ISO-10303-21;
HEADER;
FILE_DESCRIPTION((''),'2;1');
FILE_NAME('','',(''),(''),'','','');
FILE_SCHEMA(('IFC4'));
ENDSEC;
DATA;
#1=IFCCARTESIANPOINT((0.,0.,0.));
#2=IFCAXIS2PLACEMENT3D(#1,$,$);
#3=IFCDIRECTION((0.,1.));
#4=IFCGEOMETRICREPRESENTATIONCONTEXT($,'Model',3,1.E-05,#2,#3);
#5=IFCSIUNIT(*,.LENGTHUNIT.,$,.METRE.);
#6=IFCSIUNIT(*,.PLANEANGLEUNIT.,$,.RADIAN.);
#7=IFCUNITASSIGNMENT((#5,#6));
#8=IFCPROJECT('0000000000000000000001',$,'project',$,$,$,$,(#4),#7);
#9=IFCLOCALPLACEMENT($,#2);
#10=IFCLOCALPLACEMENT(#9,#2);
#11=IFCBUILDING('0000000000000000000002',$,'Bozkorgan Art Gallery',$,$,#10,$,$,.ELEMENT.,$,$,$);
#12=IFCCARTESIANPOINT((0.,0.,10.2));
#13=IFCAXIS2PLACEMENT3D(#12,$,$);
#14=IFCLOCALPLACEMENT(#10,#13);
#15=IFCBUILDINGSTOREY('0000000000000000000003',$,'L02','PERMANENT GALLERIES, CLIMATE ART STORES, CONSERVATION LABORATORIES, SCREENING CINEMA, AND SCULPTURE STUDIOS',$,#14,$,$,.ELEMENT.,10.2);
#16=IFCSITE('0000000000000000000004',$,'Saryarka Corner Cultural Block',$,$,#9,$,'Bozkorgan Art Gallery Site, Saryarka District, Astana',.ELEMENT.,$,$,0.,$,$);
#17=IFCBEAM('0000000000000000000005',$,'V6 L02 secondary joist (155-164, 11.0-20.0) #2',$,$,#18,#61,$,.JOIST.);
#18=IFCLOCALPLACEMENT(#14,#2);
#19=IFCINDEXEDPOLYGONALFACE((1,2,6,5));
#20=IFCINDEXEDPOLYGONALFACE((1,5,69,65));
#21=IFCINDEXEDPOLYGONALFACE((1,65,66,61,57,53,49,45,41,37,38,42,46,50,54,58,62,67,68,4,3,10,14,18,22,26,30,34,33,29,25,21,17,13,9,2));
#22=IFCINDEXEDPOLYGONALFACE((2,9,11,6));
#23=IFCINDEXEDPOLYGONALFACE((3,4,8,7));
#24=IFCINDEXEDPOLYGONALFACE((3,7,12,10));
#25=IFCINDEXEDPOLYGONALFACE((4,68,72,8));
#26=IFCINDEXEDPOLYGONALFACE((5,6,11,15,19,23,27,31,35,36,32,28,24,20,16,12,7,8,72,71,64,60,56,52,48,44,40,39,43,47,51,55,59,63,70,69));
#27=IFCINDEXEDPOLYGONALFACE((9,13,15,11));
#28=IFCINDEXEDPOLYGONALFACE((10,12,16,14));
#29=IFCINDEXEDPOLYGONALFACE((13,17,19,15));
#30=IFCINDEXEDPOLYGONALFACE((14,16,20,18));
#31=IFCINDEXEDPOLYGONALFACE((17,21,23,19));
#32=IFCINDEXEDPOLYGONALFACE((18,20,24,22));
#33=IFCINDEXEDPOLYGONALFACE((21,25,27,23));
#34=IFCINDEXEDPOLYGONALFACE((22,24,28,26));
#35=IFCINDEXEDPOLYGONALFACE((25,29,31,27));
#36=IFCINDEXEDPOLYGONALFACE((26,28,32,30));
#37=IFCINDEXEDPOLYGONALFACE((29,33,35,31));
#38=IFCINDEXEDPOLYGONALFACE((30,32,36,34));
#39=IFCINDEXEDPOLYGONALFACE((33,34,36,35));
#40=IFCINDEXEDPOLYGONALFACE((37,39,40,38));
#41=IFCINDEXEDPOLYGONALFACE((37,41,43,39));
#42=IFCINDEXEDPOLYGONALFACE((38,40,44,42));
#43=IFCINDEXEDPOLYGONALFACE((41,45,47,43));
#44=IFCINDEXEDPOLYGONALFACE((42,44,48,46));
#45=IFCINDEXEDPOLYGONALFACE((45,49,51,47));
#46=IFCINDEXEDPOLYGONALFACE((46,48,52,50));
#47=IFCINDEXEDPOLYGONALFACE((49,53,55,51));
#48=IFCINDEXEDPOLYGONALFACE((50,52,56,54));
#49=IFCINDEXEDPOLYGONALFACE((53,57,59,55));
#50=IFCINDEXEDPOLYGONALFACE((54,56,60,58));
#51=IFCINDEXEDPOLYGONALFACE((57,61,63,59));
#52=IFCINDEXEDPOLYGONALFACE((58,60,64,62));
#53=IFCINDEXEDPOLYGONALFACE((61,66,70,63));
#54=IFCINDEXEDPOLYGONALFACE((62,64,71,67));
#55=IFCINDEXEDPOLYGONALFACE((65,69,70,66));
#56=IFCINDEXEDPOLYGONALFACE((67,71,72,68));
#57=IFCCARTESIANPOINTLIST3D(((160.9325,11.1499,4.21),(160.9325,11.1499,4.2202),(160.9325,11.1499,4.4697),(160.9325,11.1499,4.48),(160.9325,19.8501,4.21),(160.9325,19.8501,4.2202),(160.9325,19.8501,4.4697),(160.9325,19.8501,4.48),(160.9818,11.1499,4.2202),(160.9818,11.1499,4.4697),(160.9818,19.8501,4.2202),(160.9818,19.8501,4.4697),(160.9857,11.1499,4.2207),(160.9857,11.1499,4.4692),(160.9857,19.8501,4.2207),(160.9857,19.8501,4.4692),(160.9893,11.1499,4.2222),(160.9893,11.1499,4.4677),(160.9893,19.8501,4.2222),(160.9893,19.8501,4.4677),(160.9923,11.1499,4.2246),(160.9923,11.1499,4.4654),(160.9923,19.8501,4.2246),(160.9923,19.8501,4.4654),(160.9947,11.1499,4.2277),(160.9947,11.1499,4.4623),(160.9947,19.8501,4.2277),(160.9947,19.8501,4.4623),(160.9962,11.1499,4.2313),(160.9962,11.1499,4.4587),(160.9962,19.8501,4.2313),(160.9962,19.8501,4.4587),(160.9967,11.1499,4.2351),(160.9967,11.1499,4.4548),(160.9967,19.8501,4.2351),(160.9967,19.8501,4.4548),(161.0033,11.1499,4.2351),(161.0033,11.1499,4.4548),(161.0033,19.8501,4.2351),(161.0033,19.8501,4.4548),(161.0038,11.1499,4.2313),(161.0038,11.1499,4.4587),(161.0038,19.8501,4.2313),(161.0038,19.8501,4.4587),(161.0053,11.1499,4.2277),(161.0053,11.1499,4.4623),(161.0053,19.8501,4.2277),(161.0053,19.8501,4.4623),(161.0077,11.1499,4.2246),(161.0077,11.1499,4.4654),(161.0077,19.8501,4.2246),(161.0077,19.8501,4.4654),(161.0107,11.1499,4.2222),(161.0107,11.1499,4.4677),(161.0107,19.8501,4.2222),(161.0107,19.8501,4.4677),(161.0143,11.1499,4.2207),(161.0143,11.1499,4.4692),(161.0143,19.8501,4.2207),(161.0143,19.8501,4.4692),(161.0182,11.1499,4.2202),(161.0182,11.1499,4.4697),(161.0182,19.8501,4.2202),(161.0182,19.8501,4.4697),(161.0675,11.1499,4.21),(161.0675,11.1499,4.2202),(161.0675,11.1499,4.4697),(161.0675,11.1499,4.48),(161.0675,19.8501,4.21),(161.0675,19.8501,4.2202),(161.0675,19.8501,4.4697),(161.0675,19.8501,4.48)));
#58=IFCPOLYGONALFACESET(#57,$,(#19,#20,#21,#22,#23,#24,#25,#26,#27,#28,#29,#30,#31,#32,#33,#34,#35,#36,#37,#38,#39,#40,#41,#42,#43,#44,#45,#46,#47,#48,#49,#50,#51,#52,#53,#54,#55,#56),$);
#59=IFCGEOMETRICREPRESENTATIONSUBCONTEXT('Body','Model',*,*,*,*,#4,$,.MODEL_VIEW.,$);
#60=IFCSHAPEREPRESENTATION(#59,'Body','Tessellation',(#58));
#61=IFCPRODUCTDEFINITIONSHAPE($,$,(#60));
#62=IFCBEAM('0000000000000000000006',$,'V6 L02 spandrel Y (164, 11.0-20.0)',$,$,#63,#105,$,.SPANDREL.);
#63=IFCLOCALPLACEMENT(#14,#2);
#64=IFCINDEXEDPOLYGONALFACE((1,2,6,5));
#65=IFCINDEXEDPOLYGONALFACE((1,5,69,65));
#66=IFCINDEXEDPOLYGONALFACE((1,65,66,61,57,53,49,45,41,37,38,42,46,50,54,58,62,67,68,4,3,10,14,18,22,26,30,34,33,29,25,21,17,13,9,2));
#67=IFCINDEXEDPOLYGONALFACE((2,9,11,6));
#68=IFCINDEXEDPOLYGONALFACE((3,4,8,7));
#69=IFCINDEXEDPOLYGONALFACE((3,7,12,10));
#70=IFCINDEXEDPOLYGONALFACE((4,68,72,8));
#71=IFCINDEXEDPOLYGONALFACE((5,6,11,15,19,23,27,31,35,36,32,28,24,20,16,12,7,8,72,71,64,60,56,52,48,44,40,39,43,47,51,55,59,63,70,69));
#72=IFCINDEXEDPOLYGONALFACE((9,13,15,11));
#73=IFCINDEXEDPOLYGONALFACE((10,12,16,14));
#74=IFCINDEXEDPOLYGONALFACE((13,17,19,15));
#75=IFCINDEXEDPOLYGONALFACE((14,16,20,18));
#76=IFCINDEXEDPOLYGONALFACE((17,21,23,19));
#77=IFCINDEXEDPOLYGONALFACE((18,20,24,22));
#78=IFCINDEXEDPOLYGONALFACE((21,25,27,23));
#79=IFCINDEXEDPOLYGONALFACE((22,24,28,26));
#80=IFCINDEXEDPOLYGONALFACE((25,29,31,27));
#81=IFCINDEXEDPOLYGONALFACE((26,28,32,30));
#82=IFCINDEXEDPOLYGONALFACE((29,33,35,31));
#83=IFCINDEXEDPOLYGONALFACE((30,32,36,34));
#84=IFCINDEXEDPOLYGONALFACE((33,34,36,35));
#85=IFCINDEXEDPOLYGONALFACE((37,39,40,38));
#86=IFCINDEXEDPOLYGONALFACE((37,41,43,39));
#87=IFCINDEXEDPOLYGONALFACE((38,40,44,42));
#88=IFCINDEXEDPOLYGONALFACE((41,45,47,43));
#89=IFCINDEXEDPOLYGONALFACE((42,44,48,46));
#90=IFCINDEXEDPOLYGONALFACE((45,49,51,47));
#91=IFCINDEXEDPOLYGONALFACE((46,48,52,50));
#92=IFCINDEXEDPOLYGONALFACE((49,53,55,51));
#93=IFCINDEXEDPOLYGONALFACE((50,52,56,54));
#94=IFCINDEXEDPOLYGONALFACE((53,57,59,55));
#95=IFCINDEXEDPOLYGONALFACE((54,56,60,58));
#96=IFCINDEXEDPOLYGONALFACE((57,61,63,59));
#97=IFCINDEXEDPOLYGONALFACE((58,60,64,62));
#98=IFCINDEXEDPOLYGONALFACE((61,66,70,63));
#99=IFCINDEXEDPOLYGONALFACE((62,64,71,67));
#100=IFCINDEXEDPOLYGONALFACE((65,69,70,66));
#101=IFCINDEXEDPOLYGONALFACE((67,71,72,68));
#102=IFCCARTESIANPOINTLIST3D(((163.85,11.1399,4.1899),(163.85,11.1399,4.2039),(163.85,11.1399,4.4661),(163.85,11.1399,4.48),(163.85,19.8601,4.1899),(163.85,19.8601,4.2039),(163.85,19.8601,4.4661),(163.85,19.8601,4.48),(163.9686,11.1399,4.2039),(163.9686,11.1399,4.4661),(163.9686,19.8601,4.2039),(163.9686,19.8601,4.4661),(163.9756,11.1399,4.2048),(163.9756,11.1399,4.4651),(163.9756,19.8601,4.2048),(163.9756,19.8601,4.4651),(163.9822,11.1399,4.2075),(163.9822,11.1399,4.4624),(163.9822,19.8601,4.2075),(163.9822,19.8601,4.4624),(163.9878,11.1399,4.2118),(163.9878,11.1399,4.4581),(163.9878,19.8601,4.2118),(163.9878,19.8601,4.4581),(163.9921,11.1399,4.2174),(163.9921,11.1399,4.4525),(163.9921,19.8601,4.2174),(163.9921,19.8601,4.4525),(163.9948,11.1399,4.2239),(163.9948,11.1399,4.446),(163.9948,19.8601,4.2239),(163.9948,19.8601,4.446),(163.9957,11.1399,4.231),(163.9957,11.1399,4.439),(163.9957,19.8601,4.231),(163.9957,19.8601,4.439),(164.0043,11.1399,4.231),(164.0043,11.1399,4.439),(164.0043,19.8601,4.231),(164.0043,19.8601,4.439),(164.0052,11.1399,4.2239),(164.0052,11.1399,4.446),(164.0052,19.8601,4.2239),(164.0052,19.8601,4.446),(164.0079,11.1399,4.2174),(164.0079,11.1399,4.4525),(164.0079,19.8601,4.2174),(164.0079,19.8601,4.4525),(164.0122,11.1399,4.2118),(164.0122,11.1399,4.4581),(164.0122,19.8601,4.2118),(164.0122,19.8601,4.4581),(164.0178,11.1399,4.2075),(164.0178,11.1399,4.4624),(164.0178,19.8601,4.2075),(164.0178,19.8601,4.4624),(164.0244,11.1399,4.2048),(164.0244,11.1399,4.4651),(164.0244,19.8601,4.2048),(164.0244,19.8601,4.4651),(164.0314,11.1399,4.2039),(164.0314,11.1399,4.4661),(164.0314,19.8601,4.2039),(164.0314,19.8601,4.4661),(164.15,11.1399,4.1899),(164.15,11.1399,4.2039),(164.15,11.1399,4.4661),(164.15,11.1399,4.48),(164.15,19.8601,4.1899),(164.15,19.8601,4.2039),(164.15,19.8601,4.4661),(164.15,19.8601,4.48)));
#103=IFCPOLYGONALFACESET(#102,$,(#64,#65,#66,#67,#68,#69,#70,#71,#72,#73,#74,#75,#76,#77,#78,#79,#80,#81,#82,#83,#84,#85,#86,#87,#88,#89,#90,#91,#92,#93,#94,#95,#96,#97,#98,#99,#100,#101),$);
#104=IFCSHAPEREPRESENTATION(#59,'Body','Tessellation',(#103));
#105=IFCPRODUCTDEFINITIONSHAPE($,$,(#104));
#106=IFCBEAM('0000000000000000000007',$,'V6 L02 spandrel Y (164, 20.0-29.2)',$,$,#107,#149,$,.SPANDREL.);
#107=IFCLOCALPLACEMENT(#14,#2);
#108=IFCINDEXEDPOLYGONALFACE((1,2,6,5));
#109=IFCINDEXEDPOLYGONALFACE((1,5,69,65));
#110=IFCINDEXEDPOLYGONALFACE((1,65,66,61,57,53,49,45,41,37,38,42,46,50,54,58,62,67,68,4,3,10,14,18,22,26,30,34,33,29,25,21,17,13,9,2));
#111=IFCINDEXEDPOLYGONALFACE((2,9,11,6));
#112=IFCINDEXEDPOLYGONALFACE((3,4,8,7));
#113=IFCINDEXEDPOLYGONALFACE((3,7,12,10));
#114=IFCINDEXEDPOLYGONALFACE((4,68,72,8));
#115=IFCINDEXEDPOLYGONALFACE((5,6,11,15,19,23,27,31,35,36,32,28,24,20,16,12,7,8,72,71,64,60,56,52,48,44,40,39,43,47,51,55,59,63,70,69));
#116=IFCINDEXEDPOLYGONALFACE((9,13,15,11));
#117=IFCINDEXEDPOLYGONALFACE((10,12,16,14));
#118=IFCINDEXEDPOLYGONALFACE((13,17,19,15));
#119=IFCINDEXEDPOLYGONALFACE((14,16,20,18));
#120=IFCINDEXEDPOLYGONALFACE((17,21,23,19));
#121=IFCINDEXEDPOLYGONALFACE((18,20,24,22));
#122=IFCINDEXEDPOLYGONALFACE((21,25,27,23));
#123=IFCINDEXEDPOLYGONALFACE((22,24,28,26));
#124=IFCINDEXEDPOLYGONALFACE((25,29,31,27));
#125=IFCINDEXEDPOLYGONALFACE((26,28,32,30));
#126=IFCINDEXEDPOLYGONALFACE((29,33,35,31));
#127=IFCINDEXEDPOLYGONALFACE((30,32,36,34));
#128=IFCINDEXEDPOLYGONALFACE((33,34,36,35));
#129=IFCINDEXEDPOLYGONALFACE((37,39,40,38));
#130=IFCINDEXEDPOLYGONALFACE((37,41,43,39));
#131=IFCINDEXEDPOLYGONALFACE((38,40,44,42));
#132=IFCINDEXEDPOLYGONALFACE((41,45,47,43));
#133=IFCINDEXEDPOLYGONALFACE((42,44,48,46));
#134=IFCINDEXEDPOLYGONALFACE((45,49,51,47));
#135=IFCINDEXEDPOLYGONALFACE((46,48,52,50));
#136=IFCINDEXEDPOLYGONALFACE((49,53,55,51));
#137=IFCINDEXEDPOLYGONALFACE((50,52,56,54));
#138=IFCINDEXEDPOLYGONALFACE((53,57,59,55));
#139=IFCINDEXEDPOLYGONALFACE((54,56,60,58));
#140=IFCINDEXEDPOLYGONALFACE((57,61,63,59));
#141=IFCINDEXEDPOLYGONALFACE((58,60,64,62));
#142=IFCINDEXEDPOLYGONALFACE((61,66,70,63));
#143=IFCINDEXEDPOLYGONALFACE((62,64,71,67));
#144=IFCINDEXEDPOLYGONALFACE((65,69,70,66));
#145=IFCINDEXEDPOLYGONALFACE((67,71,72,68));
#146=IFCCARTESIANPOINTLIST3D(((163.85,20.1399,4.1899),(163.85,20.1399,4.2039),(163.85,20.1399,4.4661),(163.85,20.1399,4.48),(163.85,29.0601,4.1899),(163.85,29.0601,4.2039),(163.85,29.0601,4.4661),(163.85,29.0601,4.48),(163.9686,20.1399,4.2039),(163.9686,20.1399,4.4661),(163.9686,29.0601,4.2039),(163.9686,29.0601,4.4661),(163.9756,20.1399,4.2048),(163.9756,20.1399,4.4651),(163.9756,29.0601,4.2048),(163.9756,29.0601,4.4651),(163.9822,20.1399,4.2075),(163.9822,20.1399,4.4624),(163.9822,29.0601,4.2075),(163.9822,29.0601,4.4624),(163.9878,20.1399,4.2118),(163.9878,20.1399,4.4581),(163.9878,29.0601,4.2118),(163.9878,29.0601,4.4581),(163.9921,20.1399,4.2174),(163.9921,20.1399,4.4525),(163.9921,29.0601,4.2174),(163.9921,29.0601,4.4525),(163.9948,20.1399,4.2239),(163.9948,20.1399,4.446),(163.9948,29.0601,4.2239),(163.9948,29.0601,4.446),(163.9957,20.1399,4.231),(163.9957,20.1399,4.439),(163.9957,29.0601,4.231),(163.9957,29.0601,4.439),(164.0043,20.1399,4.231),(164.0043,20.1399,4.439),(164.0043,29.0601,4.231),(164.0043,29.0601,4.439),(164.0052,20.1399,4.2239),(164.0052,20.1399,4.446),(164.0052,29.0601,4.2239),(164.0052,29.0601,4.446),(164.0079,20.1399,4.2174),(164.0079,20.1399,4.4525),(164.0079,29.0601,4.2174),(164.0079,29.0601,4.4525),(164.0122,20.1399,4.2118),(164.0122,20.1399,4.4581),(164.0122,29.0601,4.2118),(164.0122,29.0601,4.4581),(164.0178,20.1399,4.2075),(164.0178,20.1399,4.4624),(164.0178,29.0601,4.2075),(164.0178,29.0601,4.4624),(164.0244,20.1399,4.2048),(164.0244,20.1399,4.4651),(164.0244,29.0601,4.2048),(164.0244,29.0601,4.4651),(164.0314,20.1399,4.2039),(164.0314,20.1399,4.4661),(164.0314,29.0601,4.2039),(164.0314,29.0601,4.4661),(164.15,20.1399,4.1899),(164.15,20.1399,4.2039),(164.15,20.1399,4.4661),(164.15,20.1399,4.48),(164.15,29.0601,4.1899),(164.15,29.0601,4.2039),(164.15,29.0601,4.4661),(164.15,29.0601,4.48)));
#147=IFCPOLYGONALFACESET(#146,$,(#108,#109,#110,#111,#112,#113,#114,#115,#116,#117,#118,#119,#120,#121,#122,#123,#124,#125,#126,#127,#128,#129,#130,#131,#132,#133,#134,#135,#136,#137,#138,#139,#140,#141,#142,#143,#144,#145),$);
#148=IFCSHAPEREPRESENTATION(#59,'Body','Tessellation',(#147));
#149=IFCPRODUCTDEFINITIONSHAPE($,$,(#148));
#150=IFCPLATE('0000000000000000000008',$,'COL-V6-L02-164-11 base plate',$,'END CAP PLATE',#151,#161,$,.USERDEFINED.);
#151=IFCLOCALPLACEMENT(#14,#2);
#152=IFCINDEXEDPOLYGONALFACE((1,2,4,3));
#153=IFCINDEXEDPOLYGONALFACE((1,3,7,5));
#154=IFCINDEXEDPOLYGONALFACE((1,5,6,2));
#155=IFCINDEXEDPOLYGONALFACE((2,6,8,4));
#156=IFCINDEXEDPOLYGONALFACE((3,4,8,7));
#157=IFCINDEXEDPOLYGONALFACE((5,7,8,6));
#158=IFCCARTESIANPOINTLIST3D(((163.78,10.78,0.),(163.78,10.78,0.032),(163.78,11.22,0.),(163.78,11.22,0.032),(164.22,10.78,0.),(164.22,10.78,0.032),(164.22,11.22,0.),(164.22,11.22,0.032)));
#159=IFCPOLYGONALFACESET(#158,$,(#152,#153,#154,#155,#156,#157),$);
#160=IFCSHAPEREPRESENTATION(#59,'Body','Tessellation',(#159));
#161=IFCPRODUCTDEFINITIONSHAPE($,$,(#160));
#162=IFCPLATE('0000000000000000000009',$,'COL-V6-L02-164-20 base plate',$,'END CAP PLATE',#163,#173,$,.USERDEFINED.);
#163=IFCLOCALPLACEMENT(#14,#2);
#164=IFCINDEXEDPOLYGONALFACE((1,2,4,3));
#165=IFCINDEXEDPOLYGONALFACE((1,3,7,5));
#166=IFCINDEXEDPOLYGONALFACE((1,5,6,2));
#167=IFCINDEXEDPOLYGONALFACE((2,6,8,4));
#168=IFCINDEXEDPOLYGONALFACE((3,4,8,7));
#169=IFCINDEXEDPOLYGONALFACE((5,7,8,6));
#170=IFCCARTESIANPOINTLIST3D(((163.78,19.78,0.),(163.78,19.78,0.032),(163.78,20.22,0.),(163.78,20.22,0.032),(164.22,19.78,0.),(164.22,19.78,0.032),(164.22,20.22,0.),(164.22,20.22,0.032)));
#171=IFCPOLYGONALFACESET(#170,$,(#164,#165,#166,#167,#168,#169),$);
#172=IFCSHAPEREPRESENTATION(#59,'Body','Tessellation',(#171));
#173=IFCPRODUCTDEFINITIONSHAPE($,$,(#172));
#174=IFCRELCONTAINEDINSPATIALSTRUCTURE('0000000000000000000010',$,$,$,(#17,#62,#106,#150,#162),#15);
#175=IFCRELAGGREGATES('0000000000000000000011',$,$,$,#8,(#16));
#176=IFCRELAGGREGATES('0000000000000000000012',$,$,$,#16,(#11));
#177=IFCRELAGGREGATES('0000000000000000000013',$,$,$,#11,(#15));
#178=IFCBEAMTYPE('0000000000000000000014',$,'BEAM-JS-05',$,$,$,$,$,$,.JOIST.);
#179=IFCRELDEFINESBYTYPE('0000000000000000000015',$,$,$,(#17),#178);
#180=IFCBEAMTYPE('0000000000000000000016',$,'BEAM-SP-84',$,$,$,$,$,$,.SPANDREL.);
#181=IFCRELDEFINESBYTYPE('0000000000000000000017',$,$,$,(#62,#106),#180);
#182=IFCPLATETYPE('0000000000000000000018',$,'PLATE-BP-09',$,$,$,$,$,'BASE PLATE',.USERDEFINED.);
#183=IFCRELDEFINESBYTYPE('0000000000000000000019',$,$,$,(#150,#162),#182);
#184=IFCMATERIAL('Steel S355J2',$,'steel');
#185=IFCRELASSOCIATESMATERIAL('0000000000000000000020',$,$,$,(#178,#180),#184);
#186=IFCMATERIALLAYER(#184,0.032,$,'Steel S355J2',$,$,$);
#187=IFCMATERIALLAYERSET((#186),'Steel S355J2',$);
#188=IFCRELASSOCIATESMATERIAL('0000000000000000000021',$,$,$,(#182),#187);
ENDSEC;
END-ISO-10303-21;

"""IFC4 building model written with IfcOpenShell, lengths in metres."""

from ifc_helpers import new_model, si_unit, direction, frame, origin, origin_2d, place, context, subcontext, project, spatial, rectangle, i_section, extrude, material, layer, layer_set, material_profile, profile_set, type_object, element, save


model = new_model("IFC4")

# Units and contexts
model_context = context("Model", 3, precision=1e-05, world=origin(), true_north=direction((0.0, 1.0)))
body_context = subcontext(model_context, "Body", "Model", "MODEL_VIEW")
ifc_project = project(units=[si_unit("LENGTHUNIT", "METRE"), si_unit("PLANEANGLEUNIT", "RADIAN")], contexts=[model_context])

# Site, building, storey
site_placement = place(None, origin())
site = spatial("IfcSite", under=ifc_project, at=site_placement, Name="Saryarka Corner Cultural Block", LongName="Bozkorgan Art Gallery Site, Saryarka District, Astana", CompositionType="ELEMENT", RefElevation=0.0)
building_placement = place(site_placement, origin())
building = spatial("IfcBuilding", under=site, at=building_placement, Name="Bozkorgan Art Gallery", CompositionType="ELEMENT")
storey_placement = place(building_placement, frame((0.0, 0.0, 10.2)))
storey = spatial("IfcBuildingStorey", under=building, at=storey_placement, Name="L02", Description="PERMANENT GALLERIES, CLIMATE ART STORES, CONSERVATION LABORATORIES, SCREENING CINEMA, AND SCULPTURE STUDIOS", CompositionType="ELEMENT", Elevation=10.2)

# Shared definitions
ifc_material_1 = material(Name="Steel S355J2", Category="steel")

# Beams
ifc_material_profile_1 = material_profile(ifc_material_1, i_section(OverallWidth=0.135, OverallDepth=0.27, WebThickness=0.0066, FlangeThickness=0.0103, FilletRadius=0.0149, at=origin_2d()), Name="IPE 270")
ifc_profile_set_1 = profile_set([ifc_material_profile_1], Name="Steel S355J2")
beam_type_1 = type_object("IfcBeamType", Name="BEAM-JS-05", PredefinedType="JOIST", material=ifc_profile_set_1)
for number, where, z_axis, x_axis, name in (
    (1, (161.0, 11.1499, 4.345), (0.0, 1.0, 0.0), (-1.0, 0.0, 0.0), "V6 L02 secondary joist (155-164, 11.0-20.0) #2"),
):
    element("IfcBeam", number, at=place(storey_placement, frame(where, z_axis=z_axis, x_axis=x_axis)), inside=storey, type_object=beam_type_1, Name=name, PredefinedType="JOIST", context=body_context, shape_type="SweptSolid", body=[
        extrude(i_section(OverallWidth=0.135, OverallDepth=0.27, WebThickness=0.0066, FlangeThickness=0.0103, FilletRadius=0.0149, at=origin_2d()), origin(), (0.0, 0.0, 1.0), 8.7002),
    ])
ifc_material_profile_2 = material_profile(ifc_material_1, i_section(OverallWidth=0.3, OverallDepth=0.29, WebThickness=0.0085, FlangeThickness=0.0139, FilletRadius=0.0271, at=origin_2d()), Name="HEA 300")
ifc_profile_set_2 = profile_set([ifc_material_profile_2], Name="Steel S355J2")
beam_type_2 = type_object("IfcBeamType", Name="BEAM-SP-84", PredefinedType="SPANDREL", material=ifc_profile_set_2)
beam_1_placement = place(storey_placement, frame((164.0, 11.1399, 4.335), z_axis=(0.0, 1.0, 0.0), x_axis=(-1.0, 0.0, 0.0)))
element("IfcBeam", 2, at=beam_1_placement, inside=storey, type_object=beam_type_2, Name="V6 L02 spandrel Y (164, 11.0-20.0)", PredefinedType="SPANDREL", context=body_context, shape_type="SweptSolid", body=[
    extrude(i_section(OverallWidth=0.3, OverallDepth=0.29, WebThickness=0.0085, FlangeThickness=0.0139, FilletRadius=0.0271, at=origin_2d()), origin(), (0.0, 0.0, 1.0), 8.7202),
])
beam_2_placement = place(storey_placement, frame((164.0, 20.1399, 4.335), z_axis=(0.0, 1.0, 0.0), x_axis=(-1.0, 0.0, 0.0)))
element("IfcBeam", 3, at=beam_2_placement, inside=storey, type_object=beam_type_2, Name="V6 L02 spandrel Y (164, 20.0-29.2)", PredefinedType="SPANDREL", context=body_context, shape_type="SweptSolid", body=[
    extrude(i_section(OverallWidth=0.3, OverallDepth=0.29, WebThickness=0.0085, FlangeThickness=0.0139, FilletRadius=0.0271, at=origin_2d()), origin(), (0.0, 0.0, 1.0), 8.9202),
])

# Plates
ifc_layer_1 = layer(ifc_material_1, 0.032, Name="Steel S355J2")
ifc_layer_set_1 = layer_set([ifc_layer_1], Name="Steel S355J2")
plate_type = type_object("IfcPlateType", Name="PLATE-BP-09", ElementType="BASE PLATE", PredefinedType="USERDEFINED", material=ifc_layer_set_1)
for number, where, z_axis, x_axis, name in (
    (4, (164.0, 11.0, 0.0), (0.0, 0.0, 1.0), (1.0, 0.0, 0.0), "COL-V6-L02-164-11 base plate"),
    (5, (164.0, 20.0, 0.0), (0.0, 0.0, 1.0), (1.0, 0.0, 0.0), "COL-V6-L02-164-20 base plate"),
):
    element("IfcPlate", number, at=place(storey_placement, frame(where, z_axis=z_axis, x_axis=x_axis)), inside=storey, type_object=plate_type, Name=name, ObjectType="END CAP PLATE", PredefinedType="USERDEFINED", context=body_context, shape_type="SweptSolid", body=[
        extrude(rectangle(XDim=0.4399, YDim=0.4399, at=origin_2d()), origin(), (0.0, 0.0, 1.0), 0.032),
    ])

save(model, "model.ifc")
